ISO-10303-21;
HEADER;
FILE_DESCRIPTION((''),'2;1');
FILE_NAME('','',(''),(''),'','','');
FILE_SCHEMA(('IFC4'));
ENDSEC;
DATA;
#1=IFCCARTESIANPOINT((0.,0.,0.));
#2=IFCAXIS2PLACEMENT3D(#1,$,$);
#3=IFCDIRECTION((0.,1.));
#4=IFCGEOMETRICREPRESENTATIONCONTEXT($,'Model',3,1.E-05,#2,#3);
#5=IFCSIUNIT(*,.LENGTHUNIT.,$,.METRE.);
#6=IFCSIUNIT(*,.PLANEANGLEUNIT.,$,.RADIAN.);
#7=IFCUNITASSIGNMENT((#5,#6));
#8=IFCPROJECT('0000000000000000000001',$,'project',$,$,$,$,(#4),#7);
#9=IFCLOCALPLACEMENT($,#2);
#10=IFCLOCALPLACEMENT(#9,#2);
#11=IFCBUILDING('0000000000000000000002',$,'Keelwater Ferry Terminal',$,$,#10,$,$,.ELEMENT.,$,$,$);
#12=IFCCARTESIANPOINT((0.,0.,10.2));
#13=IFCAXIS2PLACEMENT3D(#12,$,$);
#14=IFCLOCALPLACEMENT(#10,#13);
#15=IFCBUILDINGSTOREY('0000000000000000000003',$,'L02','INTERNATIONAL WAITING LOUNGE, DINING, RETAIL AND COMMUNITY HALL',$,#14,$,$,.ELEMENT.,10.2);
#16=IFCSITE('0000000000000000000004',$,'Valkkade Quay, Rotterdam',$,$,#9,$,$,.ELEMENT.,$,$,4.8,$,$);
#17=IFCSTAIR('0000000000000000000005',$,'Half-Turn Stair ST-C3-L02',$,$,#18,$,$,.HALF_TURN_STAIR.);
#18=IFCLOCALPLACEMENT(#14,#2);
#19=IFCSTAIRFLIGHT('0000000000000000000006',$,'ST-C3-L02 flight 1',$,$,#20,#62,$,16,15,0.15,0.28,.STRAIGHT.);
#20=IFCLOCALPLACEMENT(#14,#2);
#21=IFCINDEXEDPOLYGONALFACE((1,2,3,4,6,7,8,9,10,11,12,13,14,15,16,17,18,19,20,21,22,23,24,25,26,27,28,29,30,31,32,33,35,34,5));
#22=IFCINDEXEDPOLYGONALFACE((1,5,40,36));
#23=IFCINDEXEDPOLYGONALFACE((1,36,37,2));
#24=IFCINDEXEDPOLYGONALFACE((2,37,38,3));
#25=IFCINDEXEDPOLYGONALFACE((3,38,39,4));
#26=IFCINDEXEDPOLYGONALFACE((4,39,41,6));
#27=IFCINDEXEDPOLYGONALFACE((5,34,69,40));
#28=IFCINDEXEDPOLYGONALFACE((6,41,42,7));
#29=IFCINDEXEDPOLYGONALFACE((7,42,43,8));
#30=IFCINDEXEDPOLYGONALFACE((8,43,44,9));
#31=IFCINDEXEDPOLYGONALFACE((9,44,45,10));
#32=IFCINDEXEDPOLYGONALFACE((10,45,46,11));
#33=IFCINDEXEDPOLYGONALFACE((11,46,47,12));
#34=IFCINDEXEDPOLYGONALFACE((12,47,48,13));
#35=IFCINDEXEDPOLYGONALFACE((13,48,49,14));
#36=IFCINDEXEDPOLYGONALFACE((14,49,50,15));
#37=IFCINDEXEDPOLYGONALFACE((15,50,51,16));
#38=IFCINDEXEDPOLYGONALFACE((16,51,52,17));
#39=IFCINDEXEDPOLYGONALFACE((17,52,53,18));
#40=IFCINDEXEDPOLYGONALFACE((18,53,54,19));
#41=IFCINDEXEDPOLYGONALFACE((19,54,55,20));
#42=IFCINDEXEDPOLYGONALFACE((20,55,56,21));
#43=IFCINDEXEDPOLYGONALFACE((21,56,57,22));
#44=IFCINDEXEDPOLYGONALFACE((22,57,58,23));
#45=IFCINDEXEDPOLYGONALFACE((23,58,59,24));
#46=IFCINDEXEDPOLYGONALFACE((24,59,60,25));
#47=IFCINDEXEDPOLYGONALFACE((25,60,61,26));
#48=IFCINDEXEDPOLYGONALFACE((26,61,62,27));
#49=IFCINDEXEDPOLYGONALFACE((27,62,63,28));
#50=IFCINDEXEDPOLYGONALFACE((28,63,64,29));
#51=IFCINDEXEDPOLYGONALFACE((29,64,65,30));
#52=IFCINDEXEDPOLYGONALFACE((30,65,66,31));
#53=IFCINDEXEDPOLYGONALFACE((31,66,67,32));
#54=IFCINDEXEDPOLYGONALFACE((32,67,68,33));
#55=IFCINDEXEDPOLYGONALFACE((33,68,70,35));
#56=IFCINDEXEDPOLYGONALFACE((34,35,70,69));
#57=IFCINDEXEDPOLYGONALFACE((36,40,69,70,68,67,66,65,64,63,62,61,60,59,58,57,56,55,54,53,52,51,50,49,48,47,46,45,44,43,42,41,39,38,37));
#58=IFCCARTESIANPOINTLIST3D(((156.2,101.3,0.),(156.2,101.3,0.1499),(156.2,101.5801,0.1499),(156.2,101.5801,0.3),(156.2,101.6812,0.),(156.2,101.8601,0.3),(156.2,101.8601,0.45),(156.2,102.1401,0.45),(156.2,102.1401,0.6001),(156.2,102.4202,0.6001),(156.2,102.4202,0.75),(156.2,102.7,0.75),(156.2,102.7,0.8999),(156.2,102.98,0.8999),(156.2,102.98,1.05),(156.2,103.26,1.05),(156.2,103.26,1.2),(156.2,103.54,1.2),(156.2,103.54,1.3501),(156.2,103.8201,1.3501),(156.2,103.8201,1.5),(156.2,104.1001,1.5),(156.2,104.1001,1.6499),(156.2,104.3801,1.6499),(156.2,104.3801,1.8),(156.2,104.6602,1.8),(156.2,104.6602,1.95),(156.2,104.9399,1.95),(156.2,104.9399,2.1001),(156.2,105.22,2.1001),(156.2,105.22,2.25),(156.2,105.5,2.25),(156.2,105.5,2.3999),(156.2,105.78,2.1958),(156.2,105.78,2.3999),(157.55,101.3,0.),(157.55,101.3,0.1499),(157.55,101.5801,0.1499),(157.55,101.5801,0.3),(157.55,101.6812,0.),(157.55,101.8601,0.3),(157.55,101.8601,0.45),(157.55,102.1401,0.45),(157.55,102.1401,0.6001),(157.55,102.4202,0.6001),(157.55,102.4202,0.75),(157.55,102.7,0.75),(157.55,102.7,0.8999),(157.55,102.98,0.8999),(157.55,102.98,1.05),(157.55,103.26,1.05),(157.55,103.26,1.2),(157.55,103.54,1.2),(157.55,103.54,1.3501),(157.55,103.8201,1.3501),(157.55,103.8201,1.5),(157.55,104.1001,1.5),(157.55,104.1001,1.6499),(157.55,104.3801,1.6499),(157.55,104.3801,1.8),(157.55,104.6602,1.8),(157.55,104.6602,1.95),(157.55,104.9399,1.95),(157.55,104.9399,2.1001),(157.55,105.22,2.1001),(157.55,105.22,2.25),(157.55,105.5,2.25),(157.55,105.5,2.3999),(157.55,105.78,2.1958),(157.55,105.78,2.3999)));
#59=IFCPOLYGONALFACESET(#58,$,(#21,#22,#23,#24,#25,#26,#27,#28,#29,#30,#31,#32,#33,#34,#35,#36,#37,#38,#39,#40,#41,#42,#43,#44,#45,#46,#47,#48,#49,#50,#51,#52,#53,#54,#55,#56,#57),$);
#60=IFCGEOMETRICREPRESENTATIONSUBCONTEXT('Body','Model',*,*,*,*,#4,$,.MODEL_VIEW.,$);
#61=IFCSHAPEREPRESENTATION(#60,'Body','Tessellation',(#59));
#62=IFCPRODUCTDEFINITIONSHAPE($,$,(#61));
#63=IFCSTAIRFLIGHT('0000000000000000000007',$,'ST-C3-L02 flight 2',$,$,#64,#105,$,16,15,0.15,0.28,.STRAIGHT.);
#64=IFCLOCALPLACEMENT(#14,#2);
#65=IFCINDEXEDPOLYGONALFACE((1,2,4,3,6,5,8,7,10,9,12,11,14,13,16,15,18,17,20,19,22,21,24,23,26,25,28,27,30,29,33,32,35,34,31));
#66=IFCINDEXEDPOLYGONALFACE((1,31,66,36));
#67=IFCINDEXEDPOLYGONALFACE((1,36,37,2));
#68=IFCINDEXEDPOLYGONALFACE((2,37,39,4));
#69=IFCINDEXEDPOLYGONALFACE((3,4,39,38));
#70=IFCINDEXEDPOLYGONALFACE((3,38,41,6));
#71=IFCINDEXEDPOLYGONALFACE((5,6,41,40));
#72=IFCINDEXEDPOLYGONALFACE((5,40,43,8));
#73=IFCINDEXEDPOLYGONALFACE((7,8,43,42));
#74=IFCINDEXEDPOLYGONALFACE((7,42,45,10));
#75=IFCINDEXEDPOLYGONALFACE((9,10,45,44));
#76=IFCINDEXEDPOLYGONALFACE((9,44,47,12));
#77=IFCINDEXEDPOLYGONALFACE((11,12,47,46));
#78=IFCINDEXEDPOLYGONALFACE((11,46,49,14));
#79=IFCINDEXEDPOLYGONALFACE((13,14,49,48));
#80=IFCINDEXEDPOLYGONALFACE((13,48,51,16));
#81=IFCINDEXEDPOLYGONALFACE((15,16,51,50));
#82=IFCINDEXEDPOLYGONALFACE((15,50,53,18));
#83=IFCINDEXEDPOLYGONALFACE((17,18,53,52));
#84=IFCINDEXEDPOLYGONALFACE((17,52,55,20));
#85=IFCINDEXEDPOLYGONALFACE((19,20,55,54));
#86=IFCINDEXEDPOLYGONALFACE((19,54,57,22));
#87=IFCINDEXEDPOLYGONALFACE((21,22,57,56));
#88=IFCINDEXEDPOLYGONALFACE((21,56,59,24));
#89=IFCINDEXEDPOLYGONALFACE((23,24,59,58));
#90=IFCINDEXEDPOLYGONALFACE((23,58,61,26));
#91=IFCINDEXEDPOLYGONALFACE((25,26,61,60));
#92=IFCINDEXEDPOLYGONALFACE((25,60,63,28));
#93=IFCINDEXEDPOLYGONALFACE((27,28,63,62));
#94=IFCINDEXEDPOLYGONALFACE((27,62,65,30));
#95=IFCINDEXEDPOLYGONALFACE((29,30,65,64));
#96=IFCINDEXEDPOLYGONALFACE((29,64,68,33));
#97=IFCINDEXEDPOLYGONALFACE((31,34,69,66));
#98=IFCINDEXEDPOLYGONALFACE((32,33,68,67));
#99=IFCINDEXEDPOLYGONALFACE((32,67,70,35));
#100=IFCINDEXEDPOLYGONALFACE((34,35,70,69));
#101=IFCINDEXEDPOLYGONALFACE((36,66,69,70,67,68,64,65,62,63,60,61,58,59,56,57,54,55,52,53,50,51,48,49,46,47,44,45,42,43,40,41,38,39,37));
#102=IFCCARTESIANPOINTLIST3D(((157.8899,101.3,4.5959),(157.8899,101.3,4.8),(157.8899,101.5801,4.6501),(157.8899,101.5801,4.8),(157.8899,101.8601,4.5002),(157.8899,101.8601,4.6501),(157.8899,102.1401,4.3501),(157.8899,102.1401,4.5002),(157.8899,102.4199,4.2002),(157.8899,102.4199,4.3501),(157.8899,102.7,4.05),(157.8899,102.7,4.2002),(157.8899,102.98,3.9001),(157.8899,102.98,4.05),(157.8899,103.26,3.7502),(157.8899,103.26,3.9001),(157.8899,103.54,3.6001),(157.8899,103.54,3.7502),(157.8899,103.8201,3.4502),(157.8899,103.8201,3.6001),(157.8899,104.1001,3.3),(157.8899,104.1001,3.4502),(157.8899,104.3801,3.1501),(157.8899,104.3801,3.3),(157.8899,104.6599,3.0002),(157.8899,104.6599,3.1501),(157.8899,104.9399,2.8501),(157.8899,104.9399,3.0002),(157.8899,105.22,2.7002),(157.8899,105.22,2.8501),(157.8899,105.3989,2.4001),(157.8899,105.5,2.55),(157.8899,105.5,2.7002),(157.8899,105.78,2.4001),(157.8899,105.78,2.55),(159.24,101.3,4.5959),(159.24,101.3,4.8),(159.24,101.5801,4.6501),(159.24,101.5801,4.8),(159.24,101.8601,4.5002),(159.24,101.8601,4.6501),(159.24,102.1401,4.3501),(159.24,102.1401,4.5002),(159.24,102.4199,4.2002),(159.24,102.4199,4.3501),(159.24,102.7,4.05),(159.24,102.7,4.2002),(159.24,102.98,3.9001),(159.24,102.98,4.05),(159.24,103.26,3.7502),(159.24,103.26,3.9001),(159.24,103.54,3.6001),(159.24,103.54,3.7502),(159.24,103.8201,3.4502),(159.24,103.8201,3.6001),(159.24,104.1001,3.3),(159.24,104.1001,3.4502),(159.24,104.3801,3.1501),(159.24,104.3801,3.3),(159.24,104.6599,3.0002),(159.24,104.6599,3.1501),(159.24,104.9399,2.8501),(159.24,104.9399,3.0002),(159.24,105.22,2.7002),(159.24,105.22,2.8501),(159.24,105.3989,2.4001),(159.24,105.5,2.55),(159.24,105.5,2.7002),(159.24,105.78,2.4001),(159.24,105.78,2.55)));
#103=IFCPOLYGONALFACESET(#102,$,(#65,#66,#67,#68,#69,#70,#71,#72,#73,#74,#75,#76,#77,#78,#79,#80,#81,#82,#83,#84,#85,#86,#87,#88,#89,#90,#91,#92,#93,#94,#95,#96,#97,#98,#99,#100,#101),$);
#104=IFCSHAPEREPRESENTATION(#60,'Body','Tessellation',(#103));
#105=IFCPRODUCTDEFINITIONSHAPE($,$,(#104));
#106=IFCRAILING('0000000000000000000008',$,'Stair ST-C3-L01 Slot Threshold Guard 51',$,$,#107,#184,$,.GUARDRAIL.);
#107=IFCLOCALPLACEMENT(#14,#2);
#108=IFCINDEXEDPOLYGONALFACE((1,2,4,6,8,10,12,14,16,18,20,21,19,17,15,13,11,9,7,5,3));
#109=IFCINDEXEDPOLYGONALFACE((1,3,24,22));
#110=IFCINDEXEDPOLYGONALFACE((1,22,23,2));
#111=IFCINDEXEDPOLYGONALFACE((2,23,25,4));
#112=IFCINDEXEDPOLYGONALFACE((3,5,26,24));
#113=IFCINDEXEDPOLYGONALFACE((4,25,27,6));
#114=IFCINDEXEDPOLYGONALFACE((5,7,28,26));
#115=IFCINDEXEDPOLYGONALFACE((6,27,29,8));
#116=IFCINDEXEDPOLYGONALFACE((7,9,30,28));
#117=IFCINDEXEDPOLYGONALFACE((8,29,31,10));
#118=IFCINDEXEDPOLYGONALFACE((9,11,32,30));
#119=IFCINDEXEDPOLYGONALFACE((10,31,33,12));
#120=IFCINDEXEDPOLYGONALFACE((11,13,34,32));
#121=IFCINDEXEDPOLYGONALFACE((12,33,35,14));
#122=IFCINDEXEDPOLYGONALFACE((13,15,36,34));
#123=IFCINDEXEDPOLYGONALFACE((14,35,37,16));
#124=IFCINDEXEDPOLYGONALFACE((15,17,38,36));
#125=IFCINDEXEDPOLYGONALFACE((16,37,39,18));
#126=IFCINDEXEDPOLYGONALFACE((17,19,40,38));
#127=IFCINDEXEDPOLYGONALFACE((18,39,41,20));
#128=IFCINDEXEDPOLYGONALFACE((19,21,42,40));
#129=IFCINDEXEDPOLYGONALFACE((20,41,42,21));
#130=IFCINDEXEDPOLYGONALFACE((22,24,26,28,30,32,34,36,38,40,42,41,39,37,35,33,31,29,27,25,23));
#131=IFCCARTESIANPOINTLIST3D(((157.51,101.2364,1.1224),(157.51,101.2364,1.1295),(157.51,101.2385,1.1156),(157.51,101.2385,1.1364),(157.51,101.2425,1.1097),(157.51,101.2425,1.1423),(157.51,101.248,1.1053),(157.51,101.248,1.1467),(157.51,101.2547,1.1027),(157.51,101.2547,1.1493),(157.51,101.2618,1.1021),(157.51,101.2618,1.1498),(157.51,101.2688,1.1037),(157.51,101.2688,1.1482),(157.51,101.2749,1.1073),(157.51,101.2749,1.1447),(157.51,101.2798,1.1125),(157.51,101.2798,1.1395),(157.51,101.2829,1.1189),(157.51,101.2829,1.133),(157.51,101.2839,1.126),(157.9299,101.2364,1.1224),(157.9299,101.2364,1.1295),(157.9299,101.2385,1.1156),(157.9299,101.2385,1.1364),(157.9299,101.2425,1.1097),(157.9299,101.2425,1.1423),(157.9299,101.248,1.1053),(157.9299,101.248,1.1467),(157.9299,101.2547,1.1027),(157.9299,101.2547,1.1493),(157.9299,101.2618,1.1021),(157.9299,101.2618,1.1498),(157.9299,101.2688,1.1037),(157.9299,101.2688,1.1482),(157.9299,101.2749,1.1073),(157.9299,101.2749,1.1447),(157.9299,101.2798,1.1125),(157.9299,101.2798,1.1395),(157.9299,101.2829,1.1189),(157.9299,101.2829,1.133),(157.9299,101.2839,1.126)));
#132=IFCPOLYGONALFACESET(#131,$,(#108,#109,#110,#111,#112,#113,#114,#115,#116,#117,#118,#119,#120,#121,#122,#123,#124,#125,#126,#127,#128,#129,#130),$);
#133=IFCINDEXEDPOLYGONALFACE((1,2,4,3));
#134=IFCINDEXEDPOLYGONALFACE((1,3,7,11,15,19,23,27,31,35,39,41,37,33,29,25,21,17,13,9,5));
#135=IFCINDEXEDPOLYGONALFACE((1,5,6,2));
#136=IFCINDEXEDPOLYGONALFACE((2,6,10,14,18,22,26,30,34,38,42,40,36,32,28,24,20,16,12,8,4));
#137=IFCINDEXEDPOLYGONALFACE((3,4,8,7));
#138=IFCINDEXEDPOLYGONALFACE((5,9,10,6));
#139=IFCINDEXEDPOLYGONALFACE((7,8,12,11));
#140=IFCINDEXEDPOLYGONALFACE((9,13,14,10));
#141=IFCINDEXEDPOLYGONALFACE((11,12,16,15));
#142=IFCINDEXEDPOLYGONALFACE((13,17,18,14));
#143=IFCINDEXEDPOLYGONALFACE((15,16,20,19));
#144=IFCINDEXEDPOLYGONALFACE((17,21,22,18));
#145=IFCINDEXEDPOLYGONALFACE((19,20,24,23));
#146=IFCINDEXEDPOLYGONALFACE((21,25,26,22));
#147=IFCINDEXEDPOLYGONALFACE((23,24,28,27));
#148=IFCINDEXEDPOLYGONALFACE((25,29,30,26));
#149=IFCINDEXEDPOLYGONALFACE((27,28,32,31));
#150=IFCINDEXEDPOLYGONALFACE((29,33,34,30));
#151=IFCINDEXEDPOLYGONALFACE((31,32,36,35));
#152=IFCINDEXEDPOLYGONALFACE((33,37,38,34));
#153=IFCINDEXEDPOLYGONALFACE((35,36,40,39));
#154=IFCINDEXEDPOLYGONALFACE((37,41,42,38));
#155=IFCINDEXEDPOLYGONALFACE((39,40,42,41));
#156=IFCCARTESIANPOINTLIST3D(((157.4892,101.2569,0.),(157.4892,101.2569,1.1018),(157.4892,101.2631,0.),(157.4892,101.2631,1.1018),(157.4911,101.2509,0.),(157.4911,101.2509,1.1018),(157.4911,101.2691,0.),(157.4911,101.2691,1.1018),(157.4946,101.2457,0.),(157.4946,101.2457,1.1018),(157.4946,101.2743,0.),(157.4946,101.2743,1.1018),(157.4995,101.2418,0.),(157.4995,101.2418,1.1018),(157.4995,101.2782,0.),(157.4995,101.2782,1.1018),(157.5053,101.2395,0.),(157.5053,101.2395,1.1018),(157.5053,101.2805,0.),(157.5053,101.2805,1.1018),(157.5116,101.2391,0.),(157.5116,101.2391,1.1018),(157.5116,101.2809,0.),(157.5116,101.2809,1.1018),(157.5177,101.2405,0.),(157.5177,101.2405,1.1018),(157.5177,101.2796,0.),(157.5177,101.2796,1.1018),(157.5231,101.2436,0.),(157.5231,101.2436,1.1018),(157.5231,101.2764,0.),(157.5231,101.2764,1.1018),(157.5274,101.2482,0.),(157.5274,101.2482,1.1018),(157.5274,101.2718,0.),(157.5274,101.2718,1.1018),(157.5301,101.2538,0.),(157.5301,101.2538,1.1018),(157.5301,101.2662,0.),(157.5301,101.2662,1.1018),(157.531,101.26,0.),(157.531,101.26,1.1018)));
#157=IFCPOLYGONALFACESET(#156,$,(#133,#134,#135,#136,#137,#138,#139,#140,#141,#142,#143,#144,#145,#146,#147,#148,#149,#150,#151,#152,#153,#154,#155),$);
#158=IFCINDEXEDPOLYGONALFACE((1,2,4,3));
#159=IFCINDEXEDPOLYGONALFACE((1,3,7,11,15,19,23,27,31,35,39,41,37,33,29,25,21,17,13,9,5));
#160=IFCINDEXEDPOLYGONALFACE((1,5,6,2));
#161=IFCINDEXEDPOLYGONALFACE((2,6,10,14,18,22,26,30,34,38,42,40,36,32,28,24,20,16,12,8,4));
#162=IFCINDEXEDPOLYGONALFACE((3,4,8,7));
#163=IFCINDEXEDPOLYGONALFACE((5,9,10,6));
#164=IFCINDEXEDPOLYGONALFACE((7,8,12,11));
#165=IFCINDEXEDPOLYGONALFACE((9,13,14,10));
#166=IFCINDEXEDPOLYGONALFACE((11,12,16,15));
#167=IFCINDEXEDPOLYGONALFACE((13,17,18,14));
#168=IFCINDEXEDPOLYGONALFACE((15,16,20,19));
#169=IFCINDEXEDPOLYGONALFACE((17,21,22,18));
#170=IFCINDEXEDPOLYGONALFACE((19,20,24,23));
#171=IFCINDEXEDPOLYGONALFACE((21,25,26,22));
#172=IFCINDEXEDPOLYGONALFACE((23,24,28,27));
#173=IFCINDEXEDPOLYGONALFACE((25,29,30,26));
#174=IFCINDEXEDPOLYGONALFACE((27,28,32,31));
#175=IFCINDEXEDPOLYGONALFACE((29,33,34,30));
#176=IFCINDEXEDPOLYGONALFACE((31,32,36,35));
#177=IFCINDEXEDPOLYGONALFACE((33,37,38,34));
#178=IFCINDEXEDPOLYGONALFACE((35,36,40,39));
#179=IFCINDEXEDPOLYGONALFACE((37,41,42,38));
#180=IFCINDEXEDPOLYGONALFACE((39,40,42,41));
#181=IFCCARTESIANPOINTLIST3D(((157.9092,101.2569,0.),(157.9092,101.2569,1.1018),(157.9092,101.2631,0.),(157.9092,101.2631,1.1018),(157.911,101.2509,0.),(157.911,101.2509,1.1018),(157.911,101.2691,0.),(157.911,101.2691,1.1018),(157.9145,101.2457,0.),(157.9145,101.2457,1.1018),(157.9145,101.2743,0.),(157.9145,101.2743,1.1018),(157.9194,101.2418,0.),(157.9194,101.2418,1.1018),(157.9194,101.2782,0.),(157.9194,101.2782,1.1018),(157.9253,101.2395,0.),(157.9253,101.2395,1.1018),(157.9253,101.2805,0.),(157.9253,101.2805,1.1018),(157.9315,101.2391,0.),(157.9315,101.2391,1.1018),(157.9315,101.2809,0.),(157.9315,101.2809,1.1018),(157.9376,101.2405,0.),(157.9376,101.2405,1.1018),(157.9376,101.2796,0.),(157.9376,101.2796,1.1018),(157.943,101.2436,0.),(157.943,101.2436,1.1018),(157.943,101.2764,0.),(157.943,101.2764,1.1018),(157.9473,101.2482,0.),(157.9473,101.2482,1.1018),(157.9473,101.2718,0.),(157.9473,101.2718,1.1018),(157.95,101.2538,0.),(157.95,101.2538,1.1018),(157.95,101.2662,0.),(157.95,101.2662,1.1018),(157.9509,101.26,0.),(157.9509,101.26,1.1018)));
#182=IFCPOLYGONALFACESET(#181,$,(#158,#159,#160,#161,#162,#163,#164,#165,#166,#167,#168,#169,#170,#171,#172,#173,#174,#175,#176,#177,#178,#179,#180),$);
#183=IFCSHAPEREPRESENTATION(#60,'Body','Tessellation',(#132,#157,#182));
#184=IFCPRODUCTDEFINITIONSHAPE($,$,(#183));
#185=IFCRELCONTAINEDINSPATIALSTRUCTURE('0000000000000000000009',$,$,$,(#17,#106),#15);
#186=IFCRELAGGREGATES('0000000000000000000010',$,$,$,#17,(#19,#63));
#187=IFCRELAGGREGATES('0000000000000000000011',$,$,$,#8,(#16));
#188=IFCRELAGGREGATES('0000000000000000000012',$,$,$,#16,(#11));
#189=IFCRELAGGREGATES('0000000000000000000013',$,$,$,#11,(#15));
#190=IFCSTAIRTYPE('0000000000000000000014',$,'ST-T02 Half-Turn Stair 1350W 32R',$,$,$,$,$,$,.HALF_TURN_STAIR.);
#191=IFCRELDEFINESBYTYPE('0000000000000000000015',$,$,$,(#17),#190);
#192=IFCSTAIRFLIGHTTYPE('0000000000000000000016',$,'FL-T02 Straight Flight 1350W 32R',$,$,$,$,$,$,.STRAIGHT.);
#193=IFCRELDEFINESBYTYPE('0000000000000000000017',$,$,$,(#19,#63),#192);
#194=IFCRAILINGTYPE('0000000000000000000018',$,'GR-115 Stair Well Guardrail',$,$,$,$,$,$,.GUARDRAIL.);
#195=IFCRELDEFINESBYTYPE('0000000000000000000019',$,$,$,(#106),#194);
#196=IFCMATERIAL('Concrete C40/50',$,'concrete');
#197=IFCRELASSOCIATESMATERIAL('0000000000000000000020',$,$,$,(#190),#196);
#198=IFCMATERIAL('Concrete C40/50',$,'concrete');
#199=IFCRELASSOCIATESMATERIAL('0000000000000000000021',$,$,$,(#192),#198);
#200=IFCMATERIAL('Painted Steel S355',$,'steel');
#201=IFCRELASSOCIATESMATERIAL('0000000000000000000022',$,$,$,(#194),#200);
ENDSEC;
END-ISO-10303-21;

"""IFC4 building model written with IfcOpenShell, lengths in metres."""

from ifc_helpers import new_model, si_unit, direction, frame, origin, origin_2d, place, context, subcontext, project, spatial, polyline, circle, outline, extrude, material, type_object, element, aggregate, save


model = new_model("IFC4")

# Units and contexts
model_context = context("Model", 3, precision=1e-05, world=origin(), true_north=direction((0.0, 1.0)))
body_context = subcontext(model_context, "Body", "Model", "MODEL_VIEW")
ifc_project = project(units=[si_unit("LENGTHUNIT", "METRE"), si_unit("PLANEANGLEUNIT", "RADIAN")], contexts=[model_context])

# Site, building, storey
site_placement = place(None, origin())
site = spatial("IfcSite", under=ifc_project, at=site_placement, Name="Valkkade Quay, Rotterdam", CompositionType="ELEMENT", RefElevation=4.8)
building_placement = place(site_placement, origin())
building = spatial("IfcBuilding", under=site, at=building_placement, Name="Keelwater Ferry Terminal", CompositionType="ELEMENT")
storey_placement = place(building_placement, frame((0.0, 0.0, 10.2)))
storey = spatial("IfcBuildingStorey", under=building, at=storey_placement, Name="L02", Description="INTERNATIONAL WAITING LOUNGE, DINING, RETAIL AND COMMUNITY HALL", CompositionType="ELEMENT", Elevation=10.2)

# Stair, stair flights
ifc_material_1 = material(Name="Concrete C40/50", Category="concrete")
stair_type = type_object("IfcStairType", Name="ST-T02 Half-Turn Stair 1350W 32R", PredefinedType="HALF_TURN_STAIR", material=ifc_material_1)
stair_placement = place(storey_placement, origin())
stair = element("IfcStair", 1, at=stair_placement, inside=storey, type_object=stair_type, Name="Half-Turn Stair ST-C3-L02", PredefinedType="HALF_TURN_STAIR")
ifc_material_2 = material(Name="Concrete C40/50", Category="concrete")
stair_flight_type = type_object("IfcStairFlightType", Name="FL-T02 Straight Flight 1350W 32R", PredefinedType="STRAIGHT", material=ifc_material_2)
stair_flight_1_placement = place(storey_placement, frame((156.875, 101.3, 0.0), z_axis=(0.0, 0.0, 1.0), x_axis=(0.0, 1.0, 0.0)))
stair_flight_1 = element("IfcStairFlight", 2, at=stair_flight_1_placement, type_object=stair_flight_type, Name="ST-C3-L02 flight 1", NumberOfRisers=16, NumberOfTreads=15, PredefinedType="STRAIGHT", RiserHeight=0.15, TreadLength=0.28, context=body_context, shape_type="SweptSolid", body=[
    extrude(outline(polyline([(0.0, 0.0), (0.0, 0.1499), (0.28, 0.1499), (0.28, 0.3), (0.5601, 0.3), (0.5601, 0.45), (0.8401, 0.45), (0.8401, 0.6001), (1.1201, 0.6001), (1.1201, 0.75), (1.3999, 0.75), (1.3999, 0.8999), (1.6799, 0.8999), (1.6799, 1.05), (1.96, 1.05), (1.96, 1.2), (2.24, 1.2), (2.24, 1.3501), (2.52, 1.3501), (2.52, 1.5), (2.8, 1.5), (2.8, 1.6499), (3.0801, 1.6499), (3.0801, 1.8), (3.3601, 1.8), (3.3601, 1.95), (3.6399, 1.95), (3.6399, 2.1001), (3.9199, 2.1001), (3.9199, 2.25), (4.2, 2.25), (4.2, 2.3999), (4.48, 2.3999), (4.48, 2.1958), (0.3811, 0.0), (0.0, 0.0)])), frame((0.0, 0.675, 0.0), z_axis=(0.0, -1.0, 0.0), x_axis=(1.0, 0.0, 0.0)), (0.0, 0.0, 1.0), 1.3501),
])
stair_flight_2_placement = place(storey_placement, frame((158.5649, 105.78, 2.4001), z_axis=(0.0, 0.0, 1.0), x_axis=(0.0, -1.0, 0.0)))
stair_flight_2 = element("IfcStairFlight", 3, at=stair_flight_2_placement, type_object=stair_flight_type, Name="ST-C3-L02 flight 2", NumberOfRisers=16, NumberOfTreads=15, PredefinedType="STRAIGHT", RiserHeight=0.15, TreadLength=0.28, context=body_context, shape_type="SweptSolid", body=[
    extrude(outline(polyline([(0.0, 0.0), (0.0, 0.1499), (0.28, 0.1499), (0.28, 0.3), (0.5601, 0.3), (0.5601, 0.45), (0.8401, 0.45), (0.8401, 0.6001), (1.1201, 0.6001), (1.1201, 0.75), (1.3999, 0.75), (1.3999, 0.8999), (1.6799, 0.8999), (1.6799, 1.05), (1.96, 1.05), (1.96, 1.2), (2.24, 1.2), (2.24, 1.3501), (2.52, 1.3501), (2.52, 1.5), (2.8, 1.5), (2.8, 1.6499), (3.0801, 1.6499), (3.0801, 1.8), (3.3601, 1.8), (3.3601, 1.95), (3.6399, 1.95), (3.6399, 2.1001), (3.9199, 2.1001), (3.9199, 2.25), (4.2, 2.25), (4.2, 2.3999), (4.48, 2.3999), (4.48, 2.1958), (0.3811, 0.0), (0.0, 0.0)])), frame((0.0, 0.675, 0.0), z_axis=(0.0, -1.0, 0.0), x_axis=(1.0, 0.0, 0.0)), (0.0, 0.0, 1.0), 1.3501),
])
aggregate(stair, [stair_flight_1, stair_flight_2])

# Railing
ifc_material_3 = material(Name="Painted Steel S355", Category="steel")
railing_type_1 = type_object("IfcRailingType", Name="GR-115 Stair Well Guardrail", PredefinedType="GUARDRAIL", material=ifc_material_3)
railing_1_placement = place(storey_placement, frame((157.51, 101.26, 0.0)))
element("IfcRailing", 4, at=railing_1_placement, inside=storey, type_object=railing_type_1, Name="Stair ST-C3-L01 Slot Threshold Guard 51", PredefinedType="GUARDRAIL", context=body_context, shape_type="SweptSolid", body=[
    extrude(circle(Radius=0.0239, at=origin_2d()), frame((0.0, 0.0, 1.126), z_axis=(1.0, 0.0, 0.0), x_axis=(0.0, 1.0, 0.0)), (0.0, 0.0, 1.0), 0.4199),
    extrude(circle(Radius=0.021, at=origin_2d()), origin(), (0.0, 0.0, 1.0), 1.1018),
    extrude(circle(Radius=0.021, at=origin_2d()), frame((0.4199, 0.0, 0.0)), (0.0, 0.0, 1.0), 1.1018),
])

save(model, "model.ifc")
